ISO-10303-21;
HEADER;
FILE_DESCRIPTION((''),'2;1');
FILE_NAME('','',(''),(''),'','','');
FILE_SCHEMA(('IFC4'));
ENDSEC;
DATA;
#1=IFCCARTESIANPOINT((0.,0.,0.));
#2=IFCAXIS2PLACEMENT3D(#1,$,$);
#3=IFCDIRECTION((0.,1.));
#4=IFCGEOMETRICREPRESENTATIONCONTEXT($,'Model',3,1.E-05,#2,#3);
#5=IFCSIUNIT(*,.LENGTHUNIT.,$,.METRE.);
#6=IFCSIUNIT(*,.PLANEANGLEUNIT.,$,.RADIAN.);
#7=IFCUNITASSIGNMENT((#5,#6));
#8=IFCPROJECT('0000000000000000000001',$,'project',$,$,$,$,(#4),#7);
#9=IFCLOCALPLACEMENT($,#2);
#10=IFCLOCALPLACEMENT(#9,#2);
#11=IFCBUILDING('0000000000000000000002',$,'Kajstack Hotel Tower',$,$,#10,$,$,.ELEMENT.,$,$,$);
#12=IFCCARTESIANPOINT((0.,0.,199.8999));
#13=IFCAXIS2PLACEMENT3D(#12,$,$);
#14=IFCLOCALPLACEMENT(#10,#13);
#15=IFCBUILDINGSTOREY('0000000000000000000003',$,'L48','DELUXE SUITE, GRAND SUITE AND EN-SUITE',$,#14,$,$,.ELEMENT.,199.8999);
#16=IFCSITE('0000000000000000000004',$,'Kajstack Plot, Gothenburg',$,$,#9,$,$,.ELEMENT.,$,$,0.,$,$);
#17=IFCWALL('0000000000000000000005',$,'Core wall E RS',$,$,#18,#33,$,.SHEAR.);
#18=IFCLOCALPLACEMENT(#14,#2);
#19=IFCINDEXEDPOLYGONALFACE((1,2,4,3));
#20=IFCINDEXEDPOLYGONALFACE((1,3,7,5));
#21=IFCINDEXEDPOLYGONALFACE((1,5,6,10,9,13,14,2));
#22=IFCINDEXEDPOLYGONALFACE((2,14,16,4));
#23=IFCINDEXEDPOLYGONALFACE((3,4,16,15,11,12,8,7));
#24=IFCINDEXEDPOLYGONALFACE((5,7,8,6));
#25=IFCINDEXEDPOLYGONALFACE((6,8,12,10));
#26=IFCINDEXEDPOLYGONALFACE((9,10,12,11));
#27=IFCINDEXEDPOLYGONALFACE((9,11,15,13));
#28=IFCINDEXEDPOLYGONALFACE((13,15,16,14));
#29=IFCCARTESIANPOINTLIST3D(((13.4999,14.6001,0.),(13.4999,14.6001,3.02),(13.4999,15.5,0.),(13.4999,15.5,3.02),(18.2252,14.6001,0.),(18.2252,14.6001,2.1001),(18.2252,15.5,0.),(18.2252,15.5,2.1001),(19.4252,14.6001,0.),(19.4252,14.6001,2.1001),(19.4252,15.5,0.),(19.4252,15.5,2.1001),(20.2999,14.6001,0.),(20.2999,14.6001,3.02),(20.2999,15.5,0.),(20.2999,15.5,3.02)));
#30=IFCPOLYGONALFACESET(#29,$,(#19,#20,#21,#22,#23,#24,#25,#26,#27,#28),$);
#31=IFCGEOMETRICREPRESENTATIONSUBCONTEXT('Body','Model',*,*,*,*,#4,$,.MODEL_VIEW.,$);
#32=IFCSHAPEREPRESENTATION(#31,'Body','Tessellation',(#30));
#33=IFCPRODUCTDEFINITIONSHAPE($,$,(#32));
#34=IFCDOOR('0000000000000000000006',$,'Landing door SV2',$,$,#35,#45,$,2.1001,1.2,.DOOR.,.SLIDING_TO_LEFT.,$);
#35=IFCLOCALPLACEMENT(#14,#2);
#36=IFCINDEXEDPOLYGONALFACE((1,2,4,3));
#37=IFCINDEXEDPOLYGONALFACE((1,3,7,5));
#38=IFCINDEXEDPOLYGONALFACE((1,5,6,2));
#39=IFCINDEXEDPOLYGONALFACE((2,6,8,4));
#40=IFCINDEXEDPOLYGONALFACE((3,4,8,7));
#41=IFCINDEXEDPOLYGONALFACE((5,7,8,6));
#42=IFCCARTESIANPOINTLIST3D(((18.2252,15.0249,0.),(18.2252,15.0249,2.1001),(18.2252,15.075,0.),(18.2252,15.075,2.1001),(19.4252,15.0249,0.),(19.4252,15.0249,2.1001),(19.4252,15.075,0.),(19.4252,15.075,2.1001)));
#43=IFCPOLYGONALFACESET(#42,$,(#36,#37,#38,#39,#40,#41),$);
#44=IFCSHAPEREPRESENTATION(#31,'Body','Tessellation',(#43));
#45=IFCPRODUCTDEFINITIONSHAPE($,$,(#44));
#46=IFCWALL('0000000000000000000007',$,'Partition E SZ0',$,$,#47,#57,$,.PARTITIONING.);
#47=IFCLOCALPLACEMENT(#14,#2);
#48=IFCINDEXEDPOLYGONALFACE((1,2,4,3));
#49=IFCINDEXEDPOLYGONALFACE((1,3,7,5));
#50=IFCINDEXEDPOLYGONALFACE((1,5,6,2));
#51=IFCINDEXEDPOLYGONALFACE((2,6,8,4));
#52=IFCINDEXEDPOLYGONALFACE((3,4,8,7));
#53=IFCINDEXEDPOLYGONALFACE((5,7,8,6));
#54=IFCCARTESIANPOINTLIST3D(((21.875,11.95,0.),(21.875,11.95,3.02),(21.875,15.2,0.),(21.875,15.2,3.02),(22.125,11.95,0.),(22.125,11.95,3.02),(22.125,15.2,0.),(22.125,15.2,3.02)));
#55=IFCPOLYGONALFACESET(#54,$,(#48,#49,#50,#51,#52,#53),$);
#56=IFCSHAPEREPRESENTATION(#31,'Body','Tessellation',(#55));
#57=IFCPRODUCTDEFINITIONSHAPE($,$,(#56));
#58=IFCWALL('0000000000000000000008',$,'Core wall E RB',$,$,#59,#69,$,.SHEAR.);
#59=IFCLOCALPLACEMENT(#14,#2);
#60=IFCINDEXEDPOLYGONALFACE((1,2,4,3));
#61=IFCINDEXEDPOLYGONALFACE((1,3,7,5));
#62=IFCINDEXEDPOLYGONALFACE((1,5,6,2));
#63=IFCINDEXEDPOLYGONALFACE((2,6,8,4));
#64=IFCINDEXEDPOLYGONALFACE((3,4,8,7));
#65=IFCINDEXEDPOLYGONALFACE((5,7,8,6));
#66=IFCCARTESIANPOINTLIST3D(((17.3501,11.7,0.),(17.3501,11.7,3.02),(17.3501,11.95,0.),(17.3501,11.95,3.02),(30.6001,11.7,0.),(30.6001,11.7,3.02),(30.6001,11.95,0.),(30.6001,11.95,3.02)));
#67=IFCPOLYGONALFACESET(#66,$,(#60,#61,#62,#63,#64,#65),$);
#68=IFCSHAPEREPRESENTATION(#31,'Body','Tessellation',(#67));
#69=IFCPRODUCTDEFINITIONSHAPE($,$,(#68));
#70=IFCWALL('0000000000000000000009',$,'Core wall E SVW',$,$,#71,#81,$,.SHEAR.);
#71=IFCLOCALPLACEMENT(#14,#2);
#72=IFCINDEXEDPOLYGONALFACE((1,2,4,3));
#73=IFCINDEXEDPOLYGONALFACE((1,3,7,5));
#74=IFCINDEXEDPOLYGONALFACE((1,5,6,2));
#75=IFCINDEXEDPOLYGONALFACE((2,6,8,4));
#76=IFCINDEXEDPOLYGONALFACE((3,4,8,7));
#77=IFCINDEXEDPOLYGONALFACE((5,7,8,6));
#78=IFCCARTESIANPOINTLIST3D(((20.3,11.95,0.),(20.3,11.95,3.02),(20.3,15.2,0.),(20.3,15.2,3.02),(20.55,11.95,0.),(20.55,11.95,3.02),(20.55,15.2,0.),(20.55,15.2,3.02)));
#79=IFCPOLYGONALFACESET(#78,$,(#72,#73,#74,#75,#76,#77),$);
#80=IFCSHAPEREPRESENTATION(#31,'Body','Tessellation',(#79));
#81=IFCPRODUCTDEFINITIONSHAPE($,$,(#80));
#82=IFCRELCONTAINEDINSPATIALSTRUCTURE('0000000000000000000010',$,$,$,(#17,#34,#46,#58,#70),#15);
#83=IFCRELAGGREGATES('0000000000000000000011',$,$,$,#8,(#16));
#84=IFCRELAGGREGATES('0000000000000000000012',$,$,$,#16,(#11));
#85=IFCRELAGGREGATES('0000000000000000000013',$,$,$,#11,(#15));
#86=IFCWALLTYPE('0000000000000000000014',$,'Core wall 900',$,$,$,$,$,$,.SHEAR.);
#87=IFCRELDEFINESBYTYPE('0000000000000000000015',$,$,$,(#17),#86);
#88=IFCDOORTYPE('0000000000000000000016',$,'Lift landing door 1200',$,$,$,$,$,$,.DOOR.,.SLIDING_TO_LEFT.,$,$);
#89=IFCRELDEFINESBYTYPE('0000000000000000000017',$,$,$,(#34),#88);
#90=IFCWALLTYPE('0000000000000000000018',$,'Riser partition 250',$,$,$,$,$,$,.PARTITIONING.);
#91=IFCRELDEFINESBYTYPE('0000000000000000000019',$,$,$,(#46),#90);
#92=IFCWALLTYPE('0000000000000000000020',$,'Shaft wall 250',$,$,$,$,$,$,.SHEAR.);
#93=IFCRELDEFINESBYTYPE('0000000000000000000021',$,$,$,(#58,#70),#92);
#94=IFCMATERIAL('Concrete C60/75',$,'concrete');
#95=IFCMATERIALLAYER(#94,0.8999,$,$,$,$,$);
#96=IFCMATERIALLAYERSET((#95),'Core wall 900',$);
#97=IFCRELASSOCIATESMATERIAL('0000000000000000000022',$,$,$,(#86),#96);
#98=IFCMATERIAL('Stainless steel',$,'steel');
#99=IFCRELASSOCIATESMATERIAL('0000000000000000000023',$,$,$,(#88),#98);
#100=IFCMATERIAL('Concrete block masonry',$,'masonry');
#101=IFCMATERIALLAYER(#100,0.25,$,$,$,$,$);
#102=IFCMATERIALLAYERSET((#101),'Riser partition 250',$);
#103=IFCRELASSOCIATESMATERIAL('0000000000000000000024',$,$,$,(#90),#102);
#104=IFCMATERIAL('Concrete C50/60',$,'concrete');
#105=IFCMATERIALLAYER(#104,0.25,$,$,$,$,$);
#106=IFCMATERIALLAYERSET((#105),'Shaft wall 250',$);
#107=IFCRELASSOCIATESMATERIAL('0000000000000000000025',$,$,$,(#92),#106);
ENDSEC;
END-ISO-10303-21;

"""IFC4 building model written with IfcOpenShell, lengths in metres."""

from ifc_helpers import new_model, si_unit, direction, frame, frame_2d, origin, place, context, subcontext, project, spatial, rectangle, extrude, material, layer, layer_set, type_object, element, fill, save


model = new_model("IFC4")

# Units and contexts
model_context = context("Model", 3, precision=1e-05, world=origin(), true_north=direction((0.0, 1.0)))
body_context = subcontext(model_context, "Body", "Model", "MODEL_VIEW")
ifc_project = project(units=[si_unit("LENGTHUNIT", "METRE"), si_unit("PLANEANGLEUNIT", "RADIAN")], contexts=[model_context])

# Site, building, storey
site_placement = place(None, origin())
site = spatial("IfcSite", under=ifc_project, at=site_placement, Name="Kajstack Plot, Gothenburg", CompositionType="ELEMENT", RefElevation=0.0)
building_placement = place(site_placement, origin())
building = spatial("IfcBuilding", under=site, at=building_placement, Name="Kajstack Hotel Tower", CompositionType="ELEMENT")
storey_placement = place(building_placement, frame((0.0, 0.0, 199.8999)))
storey = spatial("IfcBuildingStorey", under=building, at=storey_placement, Name="L48", Description="DELUXE SUITE, GRAND SUITE AND EN-SUITE", CompositionType="ELEMENT", Elevation=199.8999)

# Wall, opening, door
ifc_material_1 = material(Name="Concrete C60/75", Category="concrete")
ifc_layer_1 = layer(ifc_material_1, 0.8999)
ifc_layer_set_1 = layer_set([ifc_layer_1], Name="Core wall 900")
wall_type_1 = type_object("IfcWallType", Name="Core wall 900", PredefinedType="SHEAR", material=ifc_layer_set_1)
wall_1_placement = place(storey_placement, frame((13.5, 15.05, 0.0), z_axis=(0.0, 0.0, 1.0), x_axis=(1.0, 0.0, 0.0)))
wall_1 = element("IfcWall", 1, at=wall_1_placement, inside=storey, type_object=wall_type_1, Name="Core wall E RS", PredefinedType="SHEAR", context=body_context, shape_type="SweptSolid", body=[
    extrude(rectangle(XDim=6.8, YDim=0.8999, at=frame_2d((3.3999, 0.0))), origin(), (0.0, 0.0, 1.0), 3.02),
])
opening_placement = place(wall_1_placement, frame((4.7251, 0.0, 0.0)))
opening = element("IfcOpeningElement", 2, at=opening_placement, cuts=wall_1, PredefinedType="OPENING", context=body_context, shape_type="SweptSolid", body=[
    extrude(rectangle(XDim=1.2, YDim=2.1001, at=frame_2d((0.6001, 1.05))), frame((0.0, 0.46, 0.0), z_axis=(0.0, -1.0, 0.0), x_axis=(1.0, 0.0, 0.0)), (0.0, 0.0, 1.0), 0.9199),
])
ifc_material_2 = material(Name="Stainless steel", Category="steel")
door_type = type_object("IfcDoorType", Name="Lift landing door 1200", OperationType="SLIDING_TO_LEFT", PredefinedType="DOOR", material=ifc_material_2)
door_placement = place(opening_placement, origin())
door = element("IfcDoor", 3, at=door_placement, inside=storey, type_object=door_type, Name="Landing door SV2", OperationType="SLIDING_TO_LEFT", OverallHeight=2.1001, OverallWidth=1.2, PredefinedType="DOOR", context=body_context, shape_type="SweptSolid", body=[
    extrude(rectangle(XDim=1.2, YDim=2.1001, at=frame_2d((0.6001, 1.05))), frame((0.0, 0.0249, 0.0), z_axis=(0.0, -1.0, 0.0), x_axis=(1.0, 0.0, 0.0)), (0.0, 0.0, 1.0), 0.05),
])
fill(opening, door)

# Walls
ifc_material_3 = material(Name="Concrete block masonry", Category="masonry")
ifc_layer_2 = layer(ifc_material_3, 0.25)
ifc_layer_set_2 = layer_set([ifc_layer_2], Name="Riser partition 250")
wall_type_2 = type_object("IfcWallType", Name="Riser partition 250", PredefinedType="PARTITIONING", material=ifc_layer_set_2)
wall_2_placement = place(storey_placement, frame((22.0, 11.95, 0.0), z_axis=(0.0, 0.0, 1.0), x_axis=(0.0, 1.0, 0.0)))
element("IfcWall", 4, at=wall_2_placement, inside=storey, type_object=wall_type_2, Name="Partition E SZ0", PredefinedType="PARTITIONING", context=body_context, shape_type="SweptSolid", body=[
    extrude(rectangle(XDim=3.25, YDim=0.25, at=frame_2d((1.625, 0.0))), origin(), (0.0, 0.0, 1.0), 3.02),
])
ifc_material_4 = material(Name="Concrete C50/60", Category="concrete")
ifc_layer_3 = layer(ifc_material_4, 0.25)
ifc_layer_set_3 = layer_set([ifc_layer_3], Name="Shaft wall 250")
wall_type_3 = type_object("IfcWallType", Name="Shaft wall 250", PredefinedType="SHEAR", material=ifc_layer_set_3)
wall_3_placement = place(storey_placement, frame((17.3501, 11.825, 0.0), z_axis=(0.0, 0.0, 1.0), x_axis=(1.0, 0.0, 0.0)))
element("IfcWall", 5, at=wall_3_placement, inside=storey, type_object=wall_type_3, Name="Core wall E RB", PredefinedType="SHEAR", context=body_context, shape_type="SweptSolid", body=[
    extrude(rectangle(XDim=13.25, YDim=0.25, at=frame_2d((6.625, 0.0))), origin(), (0.0, 0.0, 1.0), 3.02),
])
wall_4_placement = place(storey_placement, frame((20.425, 11.95, 0.0), z_axis=(0.0, 0.0, 1.0), x_axis=(0.0, 1.0, 0.0)))
element("IfcWall", 6, at=wall_4_placement, inside=storey, type_object=wall_type_3, Name="Core wall E SVW", PredefinedType="SHEAR", context=body_context, shape_type="SweptSolid", body=[
    extrude(rectangle(XDim=3.25, YDim=0.25, at=frame_2d((1.625, 0.0))), origin(), (0.0, 0.0, 1.0), 3.02),
])

save(model, "model.ifc")
